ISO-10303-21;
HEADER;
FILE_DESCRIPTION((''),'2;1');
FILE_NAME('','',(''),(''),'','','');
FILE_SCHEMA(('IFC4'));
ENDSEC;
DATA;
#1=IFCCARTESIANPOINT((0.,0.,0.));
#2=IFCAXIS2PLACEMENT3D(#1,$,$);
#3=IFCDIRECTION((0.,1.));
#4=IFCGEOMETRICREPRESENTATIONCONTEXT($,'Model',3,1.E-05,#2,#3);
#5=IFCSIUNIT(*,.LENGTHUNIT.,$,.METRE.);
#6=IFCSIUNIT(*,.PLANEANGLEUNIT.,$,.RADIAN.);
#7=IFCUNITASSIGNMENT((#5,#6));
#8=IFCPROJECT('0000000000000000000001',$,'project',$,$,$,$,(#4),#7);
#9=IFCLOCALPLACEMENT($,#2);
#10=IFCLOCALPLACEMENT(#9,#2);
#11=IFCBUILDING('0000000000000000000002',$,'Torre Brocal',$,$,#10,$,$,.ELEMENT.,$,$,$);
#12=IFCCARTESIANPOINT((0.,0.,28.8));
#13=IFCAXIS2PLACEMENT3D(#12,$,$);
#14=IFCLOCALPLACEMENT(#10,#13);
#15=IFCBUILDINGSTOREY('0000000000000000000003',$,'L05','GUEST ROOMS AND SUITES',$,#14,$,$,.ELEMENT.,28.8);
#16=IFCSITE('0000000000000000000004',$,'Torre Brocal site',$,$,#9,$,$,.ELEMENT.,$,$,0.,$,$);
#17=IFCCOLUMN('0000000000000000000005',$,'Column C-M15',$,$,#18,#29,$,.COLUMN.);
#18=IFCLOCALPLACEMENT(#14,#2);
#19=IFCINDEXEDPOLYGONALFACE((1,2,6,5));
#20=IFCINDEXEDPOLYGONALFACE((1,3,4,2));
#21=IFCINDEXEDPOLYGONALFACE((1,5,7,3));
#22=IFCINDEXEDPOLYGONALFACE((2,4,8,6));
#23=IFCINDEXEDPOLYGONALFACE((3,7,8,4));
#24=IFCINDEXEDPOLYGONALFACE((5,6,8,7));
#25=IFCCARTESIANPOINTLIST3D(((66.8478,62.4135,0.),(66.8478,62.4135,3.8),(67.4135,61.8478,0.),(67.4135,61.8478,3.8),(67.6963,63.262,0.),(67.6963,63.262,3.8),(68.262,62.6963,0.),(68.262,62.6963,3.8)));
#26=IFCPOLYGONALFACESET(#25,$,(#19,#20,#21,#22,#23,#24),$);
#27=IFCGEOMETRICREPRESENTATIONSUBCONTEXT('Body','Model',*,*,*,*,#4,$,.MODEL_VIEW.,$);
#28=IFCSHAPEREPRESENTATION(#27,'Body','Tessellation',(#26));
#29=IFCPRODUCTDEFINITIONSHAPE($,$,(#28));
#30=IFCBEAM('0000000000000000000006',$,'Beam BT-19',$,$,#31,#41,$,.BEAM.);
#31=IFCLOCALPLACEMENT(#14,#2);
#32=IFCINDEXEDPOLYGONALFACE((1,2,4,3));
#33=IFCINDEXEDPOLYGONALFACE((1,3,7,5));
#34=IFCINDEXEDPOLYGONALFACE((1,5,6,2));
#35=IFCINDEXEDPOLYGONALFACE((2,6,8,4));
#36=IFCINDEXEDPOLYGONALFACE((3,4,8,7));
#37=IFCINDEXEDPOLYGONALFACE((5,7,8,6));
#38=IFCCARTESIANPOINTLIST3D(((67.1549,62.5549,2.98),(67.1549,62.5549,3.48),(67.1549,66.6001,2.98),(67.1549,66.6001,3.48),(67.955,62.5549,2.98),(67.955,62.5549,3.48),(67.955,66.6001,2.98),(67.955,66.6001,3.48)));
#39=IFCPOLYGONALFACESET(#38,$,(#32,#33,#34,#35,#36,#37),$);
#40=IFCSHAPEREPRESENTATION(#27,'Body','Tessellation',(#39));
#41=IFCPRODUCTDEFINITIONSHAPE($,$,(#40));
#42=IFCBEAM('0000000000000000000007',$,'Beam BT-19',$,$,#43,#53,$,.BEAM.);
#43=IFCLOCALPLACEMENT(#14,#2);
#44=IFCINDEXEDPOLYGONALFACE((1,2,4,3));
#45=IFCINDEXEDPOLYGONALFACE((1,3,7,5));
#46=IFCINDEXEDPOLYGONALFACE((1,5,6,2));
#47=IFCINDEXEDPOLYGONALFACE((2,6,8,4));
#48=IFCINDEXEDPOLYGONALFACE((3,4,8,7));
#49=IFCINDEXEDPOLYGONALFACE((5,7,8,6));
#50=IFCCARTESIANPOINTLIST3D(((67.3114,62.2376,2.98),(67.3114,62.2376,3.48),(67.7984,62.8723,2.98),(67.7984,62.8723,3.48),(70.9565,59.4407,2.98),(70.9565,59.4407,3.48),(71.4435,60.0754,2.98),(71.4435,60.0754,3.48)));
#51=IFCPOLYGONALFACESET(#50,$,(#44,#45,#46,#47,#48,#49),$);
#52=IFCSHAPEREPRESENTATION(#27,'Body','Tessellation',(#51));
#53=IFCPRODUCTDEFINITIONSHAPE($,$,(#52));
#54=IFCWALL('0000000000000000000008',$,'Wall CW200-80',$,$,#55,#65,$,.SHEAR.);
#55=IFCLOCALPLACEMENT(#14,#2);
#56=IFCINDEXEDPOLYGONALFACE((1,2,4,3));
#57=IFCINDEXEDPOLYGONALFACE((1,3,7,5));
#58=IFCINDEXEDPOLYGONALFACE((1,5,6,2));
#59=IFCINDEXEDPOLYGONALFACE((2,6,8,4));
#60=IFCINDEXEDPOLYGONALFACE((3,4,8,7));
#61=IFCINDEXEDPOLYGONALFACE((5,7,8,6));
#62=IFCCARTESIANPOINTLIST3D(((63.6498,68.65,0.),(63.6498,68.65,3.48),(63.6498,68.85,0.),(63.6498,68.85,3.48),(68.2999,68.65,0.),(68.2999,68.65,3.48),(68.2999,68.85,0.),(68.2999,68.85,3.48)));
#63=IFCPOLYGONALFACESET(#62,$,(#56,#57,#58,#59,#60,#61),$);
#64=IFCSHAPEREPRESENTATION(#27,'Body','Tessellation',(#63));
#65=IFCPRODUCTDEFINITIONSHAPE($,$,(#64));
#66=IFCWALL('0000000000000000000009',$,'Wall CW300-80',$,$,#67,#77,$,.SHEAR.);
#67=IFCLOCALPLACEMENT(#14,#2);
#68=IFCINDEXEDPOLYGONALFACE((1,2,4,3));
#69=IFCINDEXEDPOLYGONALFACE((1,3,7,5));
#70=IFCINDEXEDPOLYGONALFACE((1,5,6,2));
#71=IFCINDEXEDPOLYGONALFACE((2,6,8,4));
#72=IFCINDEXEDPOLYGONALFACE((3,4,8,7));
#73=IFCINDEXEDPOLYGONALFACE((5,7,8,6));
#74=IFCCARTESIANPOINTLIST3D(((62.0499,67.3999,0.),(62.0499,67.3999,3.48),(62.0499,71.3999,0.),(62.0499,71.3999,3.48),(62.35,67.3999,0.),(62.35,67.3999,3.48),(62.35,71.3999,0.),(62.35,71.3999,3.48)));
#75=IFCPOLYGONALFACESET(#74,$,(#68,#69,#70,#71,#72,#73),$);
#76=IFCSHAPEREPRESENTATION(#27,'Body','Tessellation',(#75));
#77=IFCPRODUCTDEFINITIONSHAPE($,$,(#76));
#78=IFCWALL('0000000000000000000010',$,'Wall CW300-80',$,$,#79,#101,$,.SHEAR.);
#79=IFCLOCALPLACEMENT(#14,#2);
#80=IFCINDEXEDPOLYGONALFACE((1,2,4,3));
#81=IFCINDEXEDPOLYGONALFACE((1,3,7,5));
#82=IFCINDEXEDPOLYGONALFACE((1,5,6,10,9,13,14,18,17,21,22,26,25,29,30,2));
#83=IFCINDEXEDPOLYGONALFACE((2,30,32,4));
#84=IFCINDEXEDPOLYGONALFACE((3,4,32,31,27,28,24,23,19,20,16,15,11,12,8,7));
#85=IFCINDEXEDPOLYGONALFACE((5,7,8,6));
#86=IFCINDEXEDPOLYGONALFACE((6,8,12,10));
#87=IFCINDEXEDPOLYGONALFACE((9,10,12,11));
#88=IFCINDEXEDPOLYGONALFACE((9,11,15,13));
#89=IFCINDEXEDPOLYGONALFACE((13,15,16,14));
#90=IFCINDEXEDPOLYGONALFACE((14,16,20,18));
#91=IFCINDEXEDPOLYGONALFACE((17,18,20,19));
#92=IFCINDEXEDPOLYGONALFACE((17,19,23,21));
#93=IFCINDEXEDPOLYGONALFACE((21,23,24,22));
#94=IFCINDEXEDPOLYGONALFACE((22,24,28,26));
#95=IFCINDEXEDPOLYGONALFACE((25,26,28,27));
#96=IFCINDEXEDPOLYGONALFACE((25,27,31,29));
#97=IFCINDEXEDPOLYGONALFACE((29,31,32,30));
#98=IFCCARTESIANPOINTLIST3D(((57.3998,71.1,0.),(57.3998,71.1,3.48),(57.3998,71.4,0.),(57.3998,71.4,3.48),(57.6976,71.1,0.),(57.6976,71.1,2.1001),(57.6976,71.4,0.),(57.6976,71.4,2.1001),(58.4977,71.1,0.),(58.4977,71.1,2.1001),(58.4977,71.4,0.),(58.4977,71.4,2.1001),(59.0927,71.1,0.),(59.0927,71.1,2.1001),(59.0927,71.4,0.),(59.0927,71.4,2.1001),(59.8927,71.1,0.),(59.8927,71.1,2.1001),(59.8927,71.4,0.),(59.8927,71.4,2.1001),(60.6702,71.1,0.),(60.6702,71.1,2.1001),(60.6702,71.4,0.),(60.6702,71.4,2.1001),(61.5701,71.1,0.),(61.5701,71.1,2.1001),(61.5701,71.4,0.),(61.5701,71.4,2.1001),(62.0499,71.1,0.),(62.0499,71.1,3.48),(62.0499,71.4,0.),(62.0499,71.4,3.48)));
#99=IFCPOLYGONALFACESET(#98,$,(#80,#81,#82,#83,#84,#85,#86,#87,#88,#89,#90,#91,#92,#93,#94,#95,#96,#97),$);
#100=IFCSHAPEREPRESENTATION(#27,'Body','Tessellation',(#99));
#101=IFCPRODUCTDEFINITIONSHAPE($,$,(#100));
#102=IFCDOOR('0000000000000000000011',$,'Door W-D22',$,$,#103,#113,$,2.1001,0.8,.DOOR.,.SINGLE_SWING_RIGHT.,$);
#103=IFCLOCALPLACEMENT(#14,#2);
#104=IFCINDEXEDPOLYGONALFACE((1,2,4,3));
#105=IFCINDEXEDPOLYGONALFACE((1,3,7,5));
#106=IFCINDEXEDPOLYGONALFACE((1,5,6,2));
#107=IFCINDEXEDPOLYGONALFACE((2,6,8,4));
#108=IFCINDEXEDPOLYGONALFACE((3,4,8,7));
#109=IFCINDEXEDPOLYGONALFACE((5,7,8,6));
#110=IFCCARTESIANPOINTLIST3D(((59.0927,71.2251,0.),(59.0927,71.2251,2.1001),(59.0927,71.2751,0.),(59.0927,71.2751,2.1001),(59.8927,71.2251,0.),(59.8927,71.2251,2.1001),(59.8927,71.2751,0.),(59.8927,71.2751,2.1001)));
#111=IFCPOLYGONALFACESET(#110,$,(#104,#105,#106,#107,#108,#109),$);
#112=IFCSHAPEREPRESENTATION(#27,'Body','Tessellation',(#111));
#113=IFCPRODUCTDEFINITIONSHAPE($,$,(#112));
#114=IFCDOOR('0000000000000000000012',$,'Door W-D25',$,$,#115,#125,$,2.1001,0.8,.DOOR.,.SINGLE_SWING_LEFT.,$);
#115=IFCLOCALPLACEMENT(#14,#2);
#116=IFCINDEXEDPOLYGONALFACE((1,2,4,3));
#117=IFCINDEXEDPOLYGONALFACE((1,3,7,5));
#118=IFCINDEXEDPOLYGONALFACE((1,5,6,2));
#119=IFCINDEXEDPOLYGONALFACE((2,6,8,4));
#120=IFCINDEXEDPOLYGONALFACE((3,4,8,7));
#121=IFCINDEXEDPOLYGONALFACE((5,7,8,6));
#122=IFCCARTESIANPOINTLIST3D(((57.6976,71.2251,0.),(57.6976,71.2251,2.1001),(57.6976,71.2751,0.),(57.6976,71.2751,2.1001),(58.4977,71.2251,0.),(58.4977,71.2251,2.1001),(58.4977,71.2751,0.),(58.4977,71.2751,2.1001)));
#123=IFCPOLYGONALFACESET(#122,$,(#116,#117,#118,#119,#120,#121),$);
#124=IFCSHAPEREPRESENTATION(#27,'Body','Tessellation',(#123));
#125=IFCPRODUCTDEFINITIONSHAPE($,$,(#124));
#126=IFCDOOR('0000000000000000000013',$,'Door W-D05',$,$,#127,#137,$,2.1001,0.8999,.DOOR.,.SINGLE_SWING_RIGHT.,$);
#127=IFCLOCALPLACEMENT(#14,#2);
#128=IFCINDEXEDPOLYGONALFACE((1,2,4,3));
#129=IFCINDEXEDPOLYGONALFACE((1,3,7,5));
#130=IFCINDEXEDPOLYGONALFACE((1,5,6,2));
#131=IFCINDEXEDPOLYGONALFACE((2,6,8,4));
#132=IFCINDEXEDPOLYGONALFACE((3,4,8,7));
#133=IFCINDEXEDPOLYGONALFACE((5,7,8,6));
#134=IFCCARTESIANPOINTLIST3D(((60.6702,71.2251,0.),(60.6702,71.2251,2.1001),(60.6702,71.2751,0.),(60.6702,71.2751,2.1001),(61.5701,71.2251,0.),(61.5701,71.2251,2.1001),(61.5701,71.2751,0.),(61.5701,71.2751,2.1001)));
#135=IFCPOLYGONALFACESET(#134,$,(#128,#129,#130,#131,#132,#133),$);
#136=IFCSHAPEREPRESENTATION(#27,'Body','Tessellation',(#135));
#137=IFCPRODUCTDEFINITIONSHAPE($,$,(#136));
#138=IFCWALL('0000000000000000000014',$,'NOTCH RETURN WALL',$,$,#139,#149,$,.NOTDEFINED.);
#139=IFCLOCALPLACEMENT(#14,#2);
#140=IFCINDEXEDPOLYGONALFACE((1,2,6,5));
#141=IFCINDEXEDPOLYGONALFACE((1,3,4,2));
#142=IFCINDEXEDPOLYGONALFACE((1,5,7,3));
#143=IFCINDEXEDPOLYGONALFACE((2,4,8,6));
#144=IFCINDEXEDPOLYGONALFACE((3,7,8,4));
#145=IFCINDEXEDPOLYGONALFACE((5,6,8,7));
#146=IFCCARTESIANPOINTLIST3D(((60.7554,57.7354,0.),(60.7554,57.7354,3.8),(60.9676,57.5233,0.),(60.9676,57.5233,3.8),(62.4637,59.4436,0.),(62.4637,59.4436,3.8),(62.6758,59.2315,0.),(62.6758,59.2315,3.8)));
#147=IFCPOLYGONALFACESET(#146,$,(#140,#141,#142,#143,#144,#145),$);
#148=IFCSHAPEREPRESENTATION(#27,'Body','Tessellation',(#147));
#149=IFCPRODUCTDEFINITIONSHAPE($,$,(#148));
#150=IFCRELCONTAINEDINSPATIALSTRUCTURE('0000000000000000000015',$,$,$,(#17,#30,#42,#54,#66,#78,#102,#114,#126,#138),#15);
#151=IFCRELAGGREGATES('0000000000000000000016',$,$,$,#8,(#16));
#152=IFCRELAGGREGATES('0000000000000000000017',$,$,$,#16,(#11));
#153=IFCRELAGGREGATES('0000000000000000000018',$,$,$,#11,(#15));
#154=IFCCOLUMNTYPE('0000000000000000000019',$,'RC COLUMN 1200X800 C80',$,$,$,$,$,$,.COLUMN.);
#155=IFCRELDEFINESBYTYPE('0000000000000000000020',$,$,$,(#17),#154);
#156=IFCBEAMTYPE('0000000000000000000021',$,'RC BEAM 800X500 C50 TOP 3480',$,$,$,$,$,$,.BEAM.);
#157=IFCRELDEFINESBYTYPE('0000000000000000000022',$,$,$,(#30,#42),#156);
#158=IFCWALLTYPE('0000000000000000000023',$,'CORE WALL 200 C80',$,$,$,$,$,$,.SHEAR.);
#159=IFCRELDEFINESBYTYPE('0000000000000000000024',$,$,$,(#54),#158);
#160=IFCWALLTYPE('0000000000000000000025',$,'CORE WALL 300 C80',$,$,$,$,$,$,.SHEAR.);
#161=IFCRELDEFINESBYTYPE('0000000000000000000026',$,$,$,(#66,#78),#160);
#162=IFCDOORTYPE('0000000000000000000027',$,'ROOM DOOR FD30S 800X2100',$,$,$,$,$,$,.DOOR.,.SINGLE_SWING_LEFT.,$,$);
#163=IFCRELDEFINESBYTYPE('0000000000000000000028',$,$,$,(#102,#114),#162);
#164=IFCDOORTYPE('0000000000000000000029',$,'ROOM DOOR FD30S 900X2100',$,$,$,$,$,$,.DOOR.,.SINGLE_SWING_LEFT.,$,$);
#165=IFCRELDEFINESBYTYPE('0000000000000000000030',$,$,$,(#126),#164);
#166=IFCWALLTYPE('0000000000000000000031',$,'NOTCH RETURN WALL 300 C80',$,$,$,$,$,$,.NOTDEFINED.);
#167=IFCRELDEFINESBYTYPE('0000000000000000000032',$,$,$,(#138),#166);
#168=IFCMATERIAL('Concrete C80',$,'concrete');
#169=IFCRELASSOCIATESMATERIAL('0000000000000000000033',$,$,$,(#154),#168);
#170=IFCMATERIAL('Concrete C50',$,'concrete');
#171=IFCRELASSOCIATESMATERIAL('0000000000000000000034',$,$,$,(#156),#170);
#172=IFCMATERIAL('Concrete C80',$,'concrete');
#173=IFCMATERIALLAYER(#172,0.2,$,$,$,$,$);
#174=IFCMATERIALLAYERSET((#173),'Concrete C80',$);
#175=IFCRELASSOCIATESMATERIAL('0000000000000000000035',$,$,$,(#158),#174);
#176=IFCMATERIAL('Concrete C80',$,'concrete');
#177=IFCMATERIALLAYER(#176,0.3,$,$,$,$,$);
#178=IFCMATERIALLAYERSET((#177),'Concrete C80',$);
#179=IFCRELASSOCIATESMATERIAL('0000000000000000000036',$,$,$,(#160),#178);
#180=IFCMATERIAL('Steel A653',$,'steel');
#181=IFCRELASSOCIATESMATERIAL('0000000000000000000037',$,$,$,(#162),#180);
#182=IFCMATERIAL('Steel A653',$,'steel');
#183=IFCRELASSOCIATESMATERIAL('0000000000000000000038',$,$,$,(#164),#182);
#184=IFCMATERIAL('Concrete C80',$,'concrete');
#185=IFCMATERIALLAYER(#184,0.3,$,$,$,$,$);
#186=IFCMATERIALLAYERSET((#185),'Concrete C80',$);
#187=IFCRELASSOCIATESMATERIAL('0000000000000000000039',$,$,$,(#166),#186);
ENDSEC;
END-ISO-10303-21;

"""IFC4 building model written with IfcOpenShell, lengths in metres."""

from ifc_helpers import new_model, si_unit, direction, frame, frame_2d, origin, origin_2d, place, context, subcontext, project, spatial, rectangle, extrude, material, layer, layer_set, material_profile, profile_set, type_object, element, fill, save


model = new_model("IFC4")

# Units and contexts
model_context = context("Model", 3, precision=1e-05, world=origin(), true_north=direction((0.0, 1.0)))
body_context = subcontext(model_context, "Body", "Model", "MODEL_VIEW")
ifc_project = project(units=[si_unit("LENGTHUNIT", "METRE"), si_unit("PLANEANGLEUNIT", "RADIAN")], contexts=[model_context])

# Site, building, storey
site_placement = place(None, origin())
site = spatial("IfcSite", under=ifc_project, at=site_placement, Name="Torre Brocal site", CompositionType="ELEMENT", RefElevation=0.0)
building_placement = place(site_placement, origin())
building = spatial("IfcBuilding", under=site, at=building_placement, Name="Torre Brocal", CompositionType="ELEMENT")
storey_placement = place(building_placement, frame((0.0, 0.0, 28.8)))
storey = spatial("IfcBuildingStorey", under=building, at=storey_placement, Name="L05", Description="GUEST ROOMS AND SUITES", CompositionType="ELEMENT", Elevation=28.8)

# Column
ifc_material_1 = material(Name="Concrete C80", Category="concrete")
ifc_material_profile_1 = material_profile(ifc_material_1, rectangle(XDim=1.2, YDim=0.8, at=origin_2d()), Name="RC 1200X800")
ifc_profile_set_1 = profile_set([ifc_material_profile_1], Name="Concrete C80")
column_type = type_object("IfcColumnType", Name="RC COLUMN 1200X800 C80", PredefinedType="COLUMN", material=ifc_profile_set_1)
column_placement = place(storey_placement, frame((67.5549, 62.5549, 0.0), z_axis=(0.0, 0.0, 1.0), x_axis=(-0.707107, -0.707107, 0.0)))
element("IfcColumn", 1, at=column_placement, inside=storey, type_object=column_type, Name="Column C-M15", PredefinedType="COLUMN", context=body_context, shape_type="SweptSolid", body=[
    extrude(rectangle(XDim=1.2, YDim=0.8, at=origin_2d()), origin(), (0.0, 0.0, 1.0), 3.8),
])

# Beams
ifc_material_2 = material(Name="Concrete C50", Category="concrete")
ifc_material_profile_2 = material_profile(ifc_material_2, rectangle(XDim=0.8, YDim=0.5, at=origin_2d()), Name="RC 800X500")
ifc_profile_set_2 = profile_set([ifc_material_profile_2], Name="Concrete C50")
beam_type = type_object("IfcBeamType", Name="RC BEAM 800X500 C50 TOP 3480", PredefinedType="BEAM", material=ifc_profile_set_2)
beam_1_placement = place(storey_placement, frame((67.5549, 62.5549, 3.23), z_axis=(0.0, 1.0, 0.0), x_axis=(-1.0, 0.0, 0.0)))
element("IfcBeam", 2, at=beam_1_placement, inside=storey, type_object=beam_type, Name="Beam BT-19", PredefinedType="BEAM", context=body_context, shape_type="SweptSolid", body=[
    extrude(rectangle(XDim=0.8, YDim=0.5, at=origin_2d()), origin(), (0.0, 0.0, 1.0), 4.0452),
])
beam_2_placement = place(storey_placement, frame((67.5549, 62.5549, 3.23), z_axis=(0.793358, -0.608755, 0.0), x_axis=(0.608755, 0.793358, 0.0)))
element("IfcBeam", 3, at=beam_2_placement, inside=storey, type_object=beam_type, Name="Beam BT-19", PredefinedType="BEAM", context=body_context, shape_type="SweptSolid", body=[
    extrude(rectangle(XDim=0.8, YDim=0.5, at=origin_2d()), origin(), (0.0, 0.0, 1.0), 4.5945),
])

# Walls
ifc_material_3 = material(Name="Concrete C80", Category="concrete")
ifc_layer_1 = layer(ifc_material_3, 0.2)
ifc_layer_set_1 = layer_set([ifc_layer_1], Name="Concrete C80")
wall_type_1 = type_object("IfcWallType", Name="CORE WALL 200 C80", PredefinedType="SHEAR", material=ifc_layer_set_1)
wall_1_placement = place(storey_placement, frame((68.3, 68.75, 0.0), z_axis=(0.0, 0.0, 1.0), x_axis=(-1.0, 0.0, 0.0)))
element("IfcWall", 4, at=wall_1_placement, inside=storey, type_object=wall_type_1, Name="Wall CW200-80", PredefinedType="SHEAR", context=body_context, shape_type="SweptSolid", body=[
    extrude(rectangle(XDim=4.6501, YDim=0.2, at=frame_2d((2.3252, 0.0))), origin(), (0.0, 0.0, 1.0), 3.48),
])
ifc_material_4 = material(Name="Concrete C80", Category="concrete")
ifc_layer_2 = layer(ifc_material_4, 0.3)
ifc_layer_set_2 = layer_set([ifc_layer_2], Name="Concrete C80")
wall_type_2 = type_object("IfcWallType", Name="CORE WALL 300 C80", PredefinedType="SHEAR", material=ifc_layer_set_2)
wall_2_placement = place(storey_placement, frame((62.2, 71.3999, 0.0), z_axis=(0.0, 0.0, 1.0), x_axis=(0.0, -1.0, 0.0)))
element("IfcWall", 5, at=wall_2_placement, inside=storey, type_object=wall_type_2, Name="Wall CW300-80", PredefinedType="SHEAR", context=body_context, shape_type="SweptSolid", body=[
    extrude(rectangle(XDim=4.0, YDim=0.3, at=frame_2d((2.0, 0.0))), origin(), (0.0, 0.0, 1.0), 3.48),
])

# Wall, openings, doors
wall_3_placement = place(storey_placement, frame((62.05, 71.25, 0.0), z_axis=(0.0, 0.0, 1.0), x_axis=(-1.0, 0.0, 0.0)))
wall_3 = element("IfcWall", 6, at=wall_3_placement, inside=storey, type_object=wall_type_2, Name="Wall CW300-80", PredefinedType="SHEAR", context=body_context, shape_type="SweptSolid", body=[
    extrude(rectangle(XDim=4.6501, YDim=0.3, at=frame_2d((2.3252, 0.0))), origin(), (0.0, 0.0, 1.0), 3.48),
])
opening_1_placement = place(wall_3_placement, frame((0.48, 0.0, 0.0)))
opening_1 = element("IfcOpeningElement", 7, at=opening_1_placement, cuts=wall_3, PredefinedType="OPENING", context=body_context, shape_type="SweptSolid", body=[
    extrude(rectangle(XDim=0.8999, YDim=2.1001, at=frame_2d((0.45, 1.05))), frame((0.0, 0.1599, 0.0), z_axis=(0.0, -1.0, 0.0), x_axis=(1.0, 0.0, 0.0)), (0.0, 0.0, 1.0), 0.3201),
])
opening_2_placement = place(wall_3_placement, frame((2.1575, 0.0, 0.0)))
opening_2 = element("IfcOpeningElement", 8, at=opening_2_placement, cuts=wall_3, PredefinedType="OPENING", context=body_context, shape_type="SweptSolid", body=[
    extrude(rectangle(XDim=0.8, YDim=2.1001, at=frame_2d((0.3999, 1.05))), frame((0.0, 0.1599, 0.0), z_axis=(0.0, -1.0, 0.0), x_axis=(1.0, 0.0, 0.0)), (0.0, 0.0, 1.0), 0.3201),
])
opening_3_placement = place(wall_3_placement, frame((3.5525, 0.0, 0.0)))
opening_3 = element("IfcOpeningElement", 9, at=opening_3_placement, cuts=wall_3, PredefinedType="OPENING", context=body_context, shape_type="SweptSolid", body=[
    extrude(rectangle(XDim=0.8, YDim=2.1001, at=frame_2d((0.3999, 1.05))), frame((0.0, 0.1599, 0.0), z_axis=(0.0, -1.0, 0.0), x_axis=(1.0, 0.0, 0.0)), (0.0, 0.0, 1.0), 0.3201),
])
ifc_material_5 = material(Name="Steel A653", Category="steel")
door_type_1 = type_object("IfcDoorType", Name="ROOM DOOR FD30S 800X2100", OperationType="SINGLE_SWING_LEFT", PredefinedType="DOOR", material=ifc_material_5)
door_1_placement = place(opening_2_placement, origin())
door_1 = element("IfcDoor", 10, at=door_1_placement, inside=storey, type_object=door_type_1, Name="Door W-D22", OperationType="SINGLE_SWING_RIGHT", OverallHeight=2.1001, OverallWidth=0.8, PredefinedType="DOOR", context=body_context, shape_type="SweptSolid", body=[
    extrude(rectangle(XDim=0.8, YDim=2.1001, at=frame_2d((0.3999, 1.05))), frame((0.0, 0.0249, 0.0), z_axis=(0.0, -1.0, 0.0), x_axis=(1.0, 0.0, 0.0)), (0.0, 0.0, 1.0), 0.05),
])
fill(opening_2, door_1)
door_2_placement = place(opening_3_placement, origin())
door_2 = element("IfcDoor", 11, at=door_2_placement, inside=storey, type_object=door_type_1, Name="Door W-D25", OperationType="SINGLE_SWING_LEFT", OverallHeight=2.1001, OverallWidth=0.8, PredefinedType="DOOR", context=body_context, shape_type="SweptSolid", body=[
    extrude(rectangle(XDim=0.8, YDim=2.1001, at=frame_2d((0.3999, 1.05))), frame((0.0, 0.0249, 0.0), z_axis=(0.0, -1.0, 0.0), x_axis=(1.0, 0.0, 0.0)), (0.0, 0.0, 1.0), 0.05),
])
fill(opening_3, door_2)
ifc_material_6 = material(Name="Steel A653", Category="steel")
door_type_2 = type_object("IfcDoorType", Name="ROOM DOOR FD30S 900X2100", OperationType="SINGLE_SWING_LEFT", PredefinedType="DOOR", material=ifc_material_6)
door_3_placement = place(opening_1_placement, origin())
door_3 = element("IfcDoor", 12, at=door_3_placement, inside=storey, type_object=door_type_2, Name="Door W-D05", OperationType="SINGLE_SWING_RIGHT", OverallHeight=2.1001, OverallWidth=0.8999, PredefinedType="DOOR", context=body_context, shape_type="SweptSolid", body=[
    extrude(rectangle(XDim=0.8999, YDim=2.1001, at=frame_2d((0.45, 1.05))), frame((0.0, 0.0249, 0.0), z_axis=(0.0, -1.0, 0.0), x_axis=(1.0, 0.0, 0.0)), (0.0, 0.0, 1.0), 0.05),
])
fill(opening_1, door_3)

# Wall
ifc_material_7 = material(Name="Concrete C80", Category="concrete")
ifc_layer_3 = layer(ifc_material_7, 0.3)
ifc_layer_set_3 = layer_set([ifc_layer_3], Name="Concrete C80")
wall_type_3 = type_object("IfcWallType", Name="NOTCH RETURN WALL 300 C80", PredefinedType="NOTDEFINED", material=ifc_layer_set_3)
wall_4_placement = place(storey_placement, frame((62.5698, 59.3376, 0.0), z_axis=(0.0, 0.0, 1.0), x_axis=(-0.707107, -0.707107, 0.0)))
element("IfcWall", 13, at=wall_4_placement, inside=storey, type_object=wall_type_3, Name="NOTCH RETURN WALL", PredefinedType="NOTDEFINED", context=body_context, shape_type="SweptSolid", body=[
    extrude(rectangle(XDim=2.4158, YDim=0.3, at=frame_2d((1.208, 0.0))), origin(), (0.0, 0.0, 1.0), 3.8),
])

save(model, "model.ifc")
